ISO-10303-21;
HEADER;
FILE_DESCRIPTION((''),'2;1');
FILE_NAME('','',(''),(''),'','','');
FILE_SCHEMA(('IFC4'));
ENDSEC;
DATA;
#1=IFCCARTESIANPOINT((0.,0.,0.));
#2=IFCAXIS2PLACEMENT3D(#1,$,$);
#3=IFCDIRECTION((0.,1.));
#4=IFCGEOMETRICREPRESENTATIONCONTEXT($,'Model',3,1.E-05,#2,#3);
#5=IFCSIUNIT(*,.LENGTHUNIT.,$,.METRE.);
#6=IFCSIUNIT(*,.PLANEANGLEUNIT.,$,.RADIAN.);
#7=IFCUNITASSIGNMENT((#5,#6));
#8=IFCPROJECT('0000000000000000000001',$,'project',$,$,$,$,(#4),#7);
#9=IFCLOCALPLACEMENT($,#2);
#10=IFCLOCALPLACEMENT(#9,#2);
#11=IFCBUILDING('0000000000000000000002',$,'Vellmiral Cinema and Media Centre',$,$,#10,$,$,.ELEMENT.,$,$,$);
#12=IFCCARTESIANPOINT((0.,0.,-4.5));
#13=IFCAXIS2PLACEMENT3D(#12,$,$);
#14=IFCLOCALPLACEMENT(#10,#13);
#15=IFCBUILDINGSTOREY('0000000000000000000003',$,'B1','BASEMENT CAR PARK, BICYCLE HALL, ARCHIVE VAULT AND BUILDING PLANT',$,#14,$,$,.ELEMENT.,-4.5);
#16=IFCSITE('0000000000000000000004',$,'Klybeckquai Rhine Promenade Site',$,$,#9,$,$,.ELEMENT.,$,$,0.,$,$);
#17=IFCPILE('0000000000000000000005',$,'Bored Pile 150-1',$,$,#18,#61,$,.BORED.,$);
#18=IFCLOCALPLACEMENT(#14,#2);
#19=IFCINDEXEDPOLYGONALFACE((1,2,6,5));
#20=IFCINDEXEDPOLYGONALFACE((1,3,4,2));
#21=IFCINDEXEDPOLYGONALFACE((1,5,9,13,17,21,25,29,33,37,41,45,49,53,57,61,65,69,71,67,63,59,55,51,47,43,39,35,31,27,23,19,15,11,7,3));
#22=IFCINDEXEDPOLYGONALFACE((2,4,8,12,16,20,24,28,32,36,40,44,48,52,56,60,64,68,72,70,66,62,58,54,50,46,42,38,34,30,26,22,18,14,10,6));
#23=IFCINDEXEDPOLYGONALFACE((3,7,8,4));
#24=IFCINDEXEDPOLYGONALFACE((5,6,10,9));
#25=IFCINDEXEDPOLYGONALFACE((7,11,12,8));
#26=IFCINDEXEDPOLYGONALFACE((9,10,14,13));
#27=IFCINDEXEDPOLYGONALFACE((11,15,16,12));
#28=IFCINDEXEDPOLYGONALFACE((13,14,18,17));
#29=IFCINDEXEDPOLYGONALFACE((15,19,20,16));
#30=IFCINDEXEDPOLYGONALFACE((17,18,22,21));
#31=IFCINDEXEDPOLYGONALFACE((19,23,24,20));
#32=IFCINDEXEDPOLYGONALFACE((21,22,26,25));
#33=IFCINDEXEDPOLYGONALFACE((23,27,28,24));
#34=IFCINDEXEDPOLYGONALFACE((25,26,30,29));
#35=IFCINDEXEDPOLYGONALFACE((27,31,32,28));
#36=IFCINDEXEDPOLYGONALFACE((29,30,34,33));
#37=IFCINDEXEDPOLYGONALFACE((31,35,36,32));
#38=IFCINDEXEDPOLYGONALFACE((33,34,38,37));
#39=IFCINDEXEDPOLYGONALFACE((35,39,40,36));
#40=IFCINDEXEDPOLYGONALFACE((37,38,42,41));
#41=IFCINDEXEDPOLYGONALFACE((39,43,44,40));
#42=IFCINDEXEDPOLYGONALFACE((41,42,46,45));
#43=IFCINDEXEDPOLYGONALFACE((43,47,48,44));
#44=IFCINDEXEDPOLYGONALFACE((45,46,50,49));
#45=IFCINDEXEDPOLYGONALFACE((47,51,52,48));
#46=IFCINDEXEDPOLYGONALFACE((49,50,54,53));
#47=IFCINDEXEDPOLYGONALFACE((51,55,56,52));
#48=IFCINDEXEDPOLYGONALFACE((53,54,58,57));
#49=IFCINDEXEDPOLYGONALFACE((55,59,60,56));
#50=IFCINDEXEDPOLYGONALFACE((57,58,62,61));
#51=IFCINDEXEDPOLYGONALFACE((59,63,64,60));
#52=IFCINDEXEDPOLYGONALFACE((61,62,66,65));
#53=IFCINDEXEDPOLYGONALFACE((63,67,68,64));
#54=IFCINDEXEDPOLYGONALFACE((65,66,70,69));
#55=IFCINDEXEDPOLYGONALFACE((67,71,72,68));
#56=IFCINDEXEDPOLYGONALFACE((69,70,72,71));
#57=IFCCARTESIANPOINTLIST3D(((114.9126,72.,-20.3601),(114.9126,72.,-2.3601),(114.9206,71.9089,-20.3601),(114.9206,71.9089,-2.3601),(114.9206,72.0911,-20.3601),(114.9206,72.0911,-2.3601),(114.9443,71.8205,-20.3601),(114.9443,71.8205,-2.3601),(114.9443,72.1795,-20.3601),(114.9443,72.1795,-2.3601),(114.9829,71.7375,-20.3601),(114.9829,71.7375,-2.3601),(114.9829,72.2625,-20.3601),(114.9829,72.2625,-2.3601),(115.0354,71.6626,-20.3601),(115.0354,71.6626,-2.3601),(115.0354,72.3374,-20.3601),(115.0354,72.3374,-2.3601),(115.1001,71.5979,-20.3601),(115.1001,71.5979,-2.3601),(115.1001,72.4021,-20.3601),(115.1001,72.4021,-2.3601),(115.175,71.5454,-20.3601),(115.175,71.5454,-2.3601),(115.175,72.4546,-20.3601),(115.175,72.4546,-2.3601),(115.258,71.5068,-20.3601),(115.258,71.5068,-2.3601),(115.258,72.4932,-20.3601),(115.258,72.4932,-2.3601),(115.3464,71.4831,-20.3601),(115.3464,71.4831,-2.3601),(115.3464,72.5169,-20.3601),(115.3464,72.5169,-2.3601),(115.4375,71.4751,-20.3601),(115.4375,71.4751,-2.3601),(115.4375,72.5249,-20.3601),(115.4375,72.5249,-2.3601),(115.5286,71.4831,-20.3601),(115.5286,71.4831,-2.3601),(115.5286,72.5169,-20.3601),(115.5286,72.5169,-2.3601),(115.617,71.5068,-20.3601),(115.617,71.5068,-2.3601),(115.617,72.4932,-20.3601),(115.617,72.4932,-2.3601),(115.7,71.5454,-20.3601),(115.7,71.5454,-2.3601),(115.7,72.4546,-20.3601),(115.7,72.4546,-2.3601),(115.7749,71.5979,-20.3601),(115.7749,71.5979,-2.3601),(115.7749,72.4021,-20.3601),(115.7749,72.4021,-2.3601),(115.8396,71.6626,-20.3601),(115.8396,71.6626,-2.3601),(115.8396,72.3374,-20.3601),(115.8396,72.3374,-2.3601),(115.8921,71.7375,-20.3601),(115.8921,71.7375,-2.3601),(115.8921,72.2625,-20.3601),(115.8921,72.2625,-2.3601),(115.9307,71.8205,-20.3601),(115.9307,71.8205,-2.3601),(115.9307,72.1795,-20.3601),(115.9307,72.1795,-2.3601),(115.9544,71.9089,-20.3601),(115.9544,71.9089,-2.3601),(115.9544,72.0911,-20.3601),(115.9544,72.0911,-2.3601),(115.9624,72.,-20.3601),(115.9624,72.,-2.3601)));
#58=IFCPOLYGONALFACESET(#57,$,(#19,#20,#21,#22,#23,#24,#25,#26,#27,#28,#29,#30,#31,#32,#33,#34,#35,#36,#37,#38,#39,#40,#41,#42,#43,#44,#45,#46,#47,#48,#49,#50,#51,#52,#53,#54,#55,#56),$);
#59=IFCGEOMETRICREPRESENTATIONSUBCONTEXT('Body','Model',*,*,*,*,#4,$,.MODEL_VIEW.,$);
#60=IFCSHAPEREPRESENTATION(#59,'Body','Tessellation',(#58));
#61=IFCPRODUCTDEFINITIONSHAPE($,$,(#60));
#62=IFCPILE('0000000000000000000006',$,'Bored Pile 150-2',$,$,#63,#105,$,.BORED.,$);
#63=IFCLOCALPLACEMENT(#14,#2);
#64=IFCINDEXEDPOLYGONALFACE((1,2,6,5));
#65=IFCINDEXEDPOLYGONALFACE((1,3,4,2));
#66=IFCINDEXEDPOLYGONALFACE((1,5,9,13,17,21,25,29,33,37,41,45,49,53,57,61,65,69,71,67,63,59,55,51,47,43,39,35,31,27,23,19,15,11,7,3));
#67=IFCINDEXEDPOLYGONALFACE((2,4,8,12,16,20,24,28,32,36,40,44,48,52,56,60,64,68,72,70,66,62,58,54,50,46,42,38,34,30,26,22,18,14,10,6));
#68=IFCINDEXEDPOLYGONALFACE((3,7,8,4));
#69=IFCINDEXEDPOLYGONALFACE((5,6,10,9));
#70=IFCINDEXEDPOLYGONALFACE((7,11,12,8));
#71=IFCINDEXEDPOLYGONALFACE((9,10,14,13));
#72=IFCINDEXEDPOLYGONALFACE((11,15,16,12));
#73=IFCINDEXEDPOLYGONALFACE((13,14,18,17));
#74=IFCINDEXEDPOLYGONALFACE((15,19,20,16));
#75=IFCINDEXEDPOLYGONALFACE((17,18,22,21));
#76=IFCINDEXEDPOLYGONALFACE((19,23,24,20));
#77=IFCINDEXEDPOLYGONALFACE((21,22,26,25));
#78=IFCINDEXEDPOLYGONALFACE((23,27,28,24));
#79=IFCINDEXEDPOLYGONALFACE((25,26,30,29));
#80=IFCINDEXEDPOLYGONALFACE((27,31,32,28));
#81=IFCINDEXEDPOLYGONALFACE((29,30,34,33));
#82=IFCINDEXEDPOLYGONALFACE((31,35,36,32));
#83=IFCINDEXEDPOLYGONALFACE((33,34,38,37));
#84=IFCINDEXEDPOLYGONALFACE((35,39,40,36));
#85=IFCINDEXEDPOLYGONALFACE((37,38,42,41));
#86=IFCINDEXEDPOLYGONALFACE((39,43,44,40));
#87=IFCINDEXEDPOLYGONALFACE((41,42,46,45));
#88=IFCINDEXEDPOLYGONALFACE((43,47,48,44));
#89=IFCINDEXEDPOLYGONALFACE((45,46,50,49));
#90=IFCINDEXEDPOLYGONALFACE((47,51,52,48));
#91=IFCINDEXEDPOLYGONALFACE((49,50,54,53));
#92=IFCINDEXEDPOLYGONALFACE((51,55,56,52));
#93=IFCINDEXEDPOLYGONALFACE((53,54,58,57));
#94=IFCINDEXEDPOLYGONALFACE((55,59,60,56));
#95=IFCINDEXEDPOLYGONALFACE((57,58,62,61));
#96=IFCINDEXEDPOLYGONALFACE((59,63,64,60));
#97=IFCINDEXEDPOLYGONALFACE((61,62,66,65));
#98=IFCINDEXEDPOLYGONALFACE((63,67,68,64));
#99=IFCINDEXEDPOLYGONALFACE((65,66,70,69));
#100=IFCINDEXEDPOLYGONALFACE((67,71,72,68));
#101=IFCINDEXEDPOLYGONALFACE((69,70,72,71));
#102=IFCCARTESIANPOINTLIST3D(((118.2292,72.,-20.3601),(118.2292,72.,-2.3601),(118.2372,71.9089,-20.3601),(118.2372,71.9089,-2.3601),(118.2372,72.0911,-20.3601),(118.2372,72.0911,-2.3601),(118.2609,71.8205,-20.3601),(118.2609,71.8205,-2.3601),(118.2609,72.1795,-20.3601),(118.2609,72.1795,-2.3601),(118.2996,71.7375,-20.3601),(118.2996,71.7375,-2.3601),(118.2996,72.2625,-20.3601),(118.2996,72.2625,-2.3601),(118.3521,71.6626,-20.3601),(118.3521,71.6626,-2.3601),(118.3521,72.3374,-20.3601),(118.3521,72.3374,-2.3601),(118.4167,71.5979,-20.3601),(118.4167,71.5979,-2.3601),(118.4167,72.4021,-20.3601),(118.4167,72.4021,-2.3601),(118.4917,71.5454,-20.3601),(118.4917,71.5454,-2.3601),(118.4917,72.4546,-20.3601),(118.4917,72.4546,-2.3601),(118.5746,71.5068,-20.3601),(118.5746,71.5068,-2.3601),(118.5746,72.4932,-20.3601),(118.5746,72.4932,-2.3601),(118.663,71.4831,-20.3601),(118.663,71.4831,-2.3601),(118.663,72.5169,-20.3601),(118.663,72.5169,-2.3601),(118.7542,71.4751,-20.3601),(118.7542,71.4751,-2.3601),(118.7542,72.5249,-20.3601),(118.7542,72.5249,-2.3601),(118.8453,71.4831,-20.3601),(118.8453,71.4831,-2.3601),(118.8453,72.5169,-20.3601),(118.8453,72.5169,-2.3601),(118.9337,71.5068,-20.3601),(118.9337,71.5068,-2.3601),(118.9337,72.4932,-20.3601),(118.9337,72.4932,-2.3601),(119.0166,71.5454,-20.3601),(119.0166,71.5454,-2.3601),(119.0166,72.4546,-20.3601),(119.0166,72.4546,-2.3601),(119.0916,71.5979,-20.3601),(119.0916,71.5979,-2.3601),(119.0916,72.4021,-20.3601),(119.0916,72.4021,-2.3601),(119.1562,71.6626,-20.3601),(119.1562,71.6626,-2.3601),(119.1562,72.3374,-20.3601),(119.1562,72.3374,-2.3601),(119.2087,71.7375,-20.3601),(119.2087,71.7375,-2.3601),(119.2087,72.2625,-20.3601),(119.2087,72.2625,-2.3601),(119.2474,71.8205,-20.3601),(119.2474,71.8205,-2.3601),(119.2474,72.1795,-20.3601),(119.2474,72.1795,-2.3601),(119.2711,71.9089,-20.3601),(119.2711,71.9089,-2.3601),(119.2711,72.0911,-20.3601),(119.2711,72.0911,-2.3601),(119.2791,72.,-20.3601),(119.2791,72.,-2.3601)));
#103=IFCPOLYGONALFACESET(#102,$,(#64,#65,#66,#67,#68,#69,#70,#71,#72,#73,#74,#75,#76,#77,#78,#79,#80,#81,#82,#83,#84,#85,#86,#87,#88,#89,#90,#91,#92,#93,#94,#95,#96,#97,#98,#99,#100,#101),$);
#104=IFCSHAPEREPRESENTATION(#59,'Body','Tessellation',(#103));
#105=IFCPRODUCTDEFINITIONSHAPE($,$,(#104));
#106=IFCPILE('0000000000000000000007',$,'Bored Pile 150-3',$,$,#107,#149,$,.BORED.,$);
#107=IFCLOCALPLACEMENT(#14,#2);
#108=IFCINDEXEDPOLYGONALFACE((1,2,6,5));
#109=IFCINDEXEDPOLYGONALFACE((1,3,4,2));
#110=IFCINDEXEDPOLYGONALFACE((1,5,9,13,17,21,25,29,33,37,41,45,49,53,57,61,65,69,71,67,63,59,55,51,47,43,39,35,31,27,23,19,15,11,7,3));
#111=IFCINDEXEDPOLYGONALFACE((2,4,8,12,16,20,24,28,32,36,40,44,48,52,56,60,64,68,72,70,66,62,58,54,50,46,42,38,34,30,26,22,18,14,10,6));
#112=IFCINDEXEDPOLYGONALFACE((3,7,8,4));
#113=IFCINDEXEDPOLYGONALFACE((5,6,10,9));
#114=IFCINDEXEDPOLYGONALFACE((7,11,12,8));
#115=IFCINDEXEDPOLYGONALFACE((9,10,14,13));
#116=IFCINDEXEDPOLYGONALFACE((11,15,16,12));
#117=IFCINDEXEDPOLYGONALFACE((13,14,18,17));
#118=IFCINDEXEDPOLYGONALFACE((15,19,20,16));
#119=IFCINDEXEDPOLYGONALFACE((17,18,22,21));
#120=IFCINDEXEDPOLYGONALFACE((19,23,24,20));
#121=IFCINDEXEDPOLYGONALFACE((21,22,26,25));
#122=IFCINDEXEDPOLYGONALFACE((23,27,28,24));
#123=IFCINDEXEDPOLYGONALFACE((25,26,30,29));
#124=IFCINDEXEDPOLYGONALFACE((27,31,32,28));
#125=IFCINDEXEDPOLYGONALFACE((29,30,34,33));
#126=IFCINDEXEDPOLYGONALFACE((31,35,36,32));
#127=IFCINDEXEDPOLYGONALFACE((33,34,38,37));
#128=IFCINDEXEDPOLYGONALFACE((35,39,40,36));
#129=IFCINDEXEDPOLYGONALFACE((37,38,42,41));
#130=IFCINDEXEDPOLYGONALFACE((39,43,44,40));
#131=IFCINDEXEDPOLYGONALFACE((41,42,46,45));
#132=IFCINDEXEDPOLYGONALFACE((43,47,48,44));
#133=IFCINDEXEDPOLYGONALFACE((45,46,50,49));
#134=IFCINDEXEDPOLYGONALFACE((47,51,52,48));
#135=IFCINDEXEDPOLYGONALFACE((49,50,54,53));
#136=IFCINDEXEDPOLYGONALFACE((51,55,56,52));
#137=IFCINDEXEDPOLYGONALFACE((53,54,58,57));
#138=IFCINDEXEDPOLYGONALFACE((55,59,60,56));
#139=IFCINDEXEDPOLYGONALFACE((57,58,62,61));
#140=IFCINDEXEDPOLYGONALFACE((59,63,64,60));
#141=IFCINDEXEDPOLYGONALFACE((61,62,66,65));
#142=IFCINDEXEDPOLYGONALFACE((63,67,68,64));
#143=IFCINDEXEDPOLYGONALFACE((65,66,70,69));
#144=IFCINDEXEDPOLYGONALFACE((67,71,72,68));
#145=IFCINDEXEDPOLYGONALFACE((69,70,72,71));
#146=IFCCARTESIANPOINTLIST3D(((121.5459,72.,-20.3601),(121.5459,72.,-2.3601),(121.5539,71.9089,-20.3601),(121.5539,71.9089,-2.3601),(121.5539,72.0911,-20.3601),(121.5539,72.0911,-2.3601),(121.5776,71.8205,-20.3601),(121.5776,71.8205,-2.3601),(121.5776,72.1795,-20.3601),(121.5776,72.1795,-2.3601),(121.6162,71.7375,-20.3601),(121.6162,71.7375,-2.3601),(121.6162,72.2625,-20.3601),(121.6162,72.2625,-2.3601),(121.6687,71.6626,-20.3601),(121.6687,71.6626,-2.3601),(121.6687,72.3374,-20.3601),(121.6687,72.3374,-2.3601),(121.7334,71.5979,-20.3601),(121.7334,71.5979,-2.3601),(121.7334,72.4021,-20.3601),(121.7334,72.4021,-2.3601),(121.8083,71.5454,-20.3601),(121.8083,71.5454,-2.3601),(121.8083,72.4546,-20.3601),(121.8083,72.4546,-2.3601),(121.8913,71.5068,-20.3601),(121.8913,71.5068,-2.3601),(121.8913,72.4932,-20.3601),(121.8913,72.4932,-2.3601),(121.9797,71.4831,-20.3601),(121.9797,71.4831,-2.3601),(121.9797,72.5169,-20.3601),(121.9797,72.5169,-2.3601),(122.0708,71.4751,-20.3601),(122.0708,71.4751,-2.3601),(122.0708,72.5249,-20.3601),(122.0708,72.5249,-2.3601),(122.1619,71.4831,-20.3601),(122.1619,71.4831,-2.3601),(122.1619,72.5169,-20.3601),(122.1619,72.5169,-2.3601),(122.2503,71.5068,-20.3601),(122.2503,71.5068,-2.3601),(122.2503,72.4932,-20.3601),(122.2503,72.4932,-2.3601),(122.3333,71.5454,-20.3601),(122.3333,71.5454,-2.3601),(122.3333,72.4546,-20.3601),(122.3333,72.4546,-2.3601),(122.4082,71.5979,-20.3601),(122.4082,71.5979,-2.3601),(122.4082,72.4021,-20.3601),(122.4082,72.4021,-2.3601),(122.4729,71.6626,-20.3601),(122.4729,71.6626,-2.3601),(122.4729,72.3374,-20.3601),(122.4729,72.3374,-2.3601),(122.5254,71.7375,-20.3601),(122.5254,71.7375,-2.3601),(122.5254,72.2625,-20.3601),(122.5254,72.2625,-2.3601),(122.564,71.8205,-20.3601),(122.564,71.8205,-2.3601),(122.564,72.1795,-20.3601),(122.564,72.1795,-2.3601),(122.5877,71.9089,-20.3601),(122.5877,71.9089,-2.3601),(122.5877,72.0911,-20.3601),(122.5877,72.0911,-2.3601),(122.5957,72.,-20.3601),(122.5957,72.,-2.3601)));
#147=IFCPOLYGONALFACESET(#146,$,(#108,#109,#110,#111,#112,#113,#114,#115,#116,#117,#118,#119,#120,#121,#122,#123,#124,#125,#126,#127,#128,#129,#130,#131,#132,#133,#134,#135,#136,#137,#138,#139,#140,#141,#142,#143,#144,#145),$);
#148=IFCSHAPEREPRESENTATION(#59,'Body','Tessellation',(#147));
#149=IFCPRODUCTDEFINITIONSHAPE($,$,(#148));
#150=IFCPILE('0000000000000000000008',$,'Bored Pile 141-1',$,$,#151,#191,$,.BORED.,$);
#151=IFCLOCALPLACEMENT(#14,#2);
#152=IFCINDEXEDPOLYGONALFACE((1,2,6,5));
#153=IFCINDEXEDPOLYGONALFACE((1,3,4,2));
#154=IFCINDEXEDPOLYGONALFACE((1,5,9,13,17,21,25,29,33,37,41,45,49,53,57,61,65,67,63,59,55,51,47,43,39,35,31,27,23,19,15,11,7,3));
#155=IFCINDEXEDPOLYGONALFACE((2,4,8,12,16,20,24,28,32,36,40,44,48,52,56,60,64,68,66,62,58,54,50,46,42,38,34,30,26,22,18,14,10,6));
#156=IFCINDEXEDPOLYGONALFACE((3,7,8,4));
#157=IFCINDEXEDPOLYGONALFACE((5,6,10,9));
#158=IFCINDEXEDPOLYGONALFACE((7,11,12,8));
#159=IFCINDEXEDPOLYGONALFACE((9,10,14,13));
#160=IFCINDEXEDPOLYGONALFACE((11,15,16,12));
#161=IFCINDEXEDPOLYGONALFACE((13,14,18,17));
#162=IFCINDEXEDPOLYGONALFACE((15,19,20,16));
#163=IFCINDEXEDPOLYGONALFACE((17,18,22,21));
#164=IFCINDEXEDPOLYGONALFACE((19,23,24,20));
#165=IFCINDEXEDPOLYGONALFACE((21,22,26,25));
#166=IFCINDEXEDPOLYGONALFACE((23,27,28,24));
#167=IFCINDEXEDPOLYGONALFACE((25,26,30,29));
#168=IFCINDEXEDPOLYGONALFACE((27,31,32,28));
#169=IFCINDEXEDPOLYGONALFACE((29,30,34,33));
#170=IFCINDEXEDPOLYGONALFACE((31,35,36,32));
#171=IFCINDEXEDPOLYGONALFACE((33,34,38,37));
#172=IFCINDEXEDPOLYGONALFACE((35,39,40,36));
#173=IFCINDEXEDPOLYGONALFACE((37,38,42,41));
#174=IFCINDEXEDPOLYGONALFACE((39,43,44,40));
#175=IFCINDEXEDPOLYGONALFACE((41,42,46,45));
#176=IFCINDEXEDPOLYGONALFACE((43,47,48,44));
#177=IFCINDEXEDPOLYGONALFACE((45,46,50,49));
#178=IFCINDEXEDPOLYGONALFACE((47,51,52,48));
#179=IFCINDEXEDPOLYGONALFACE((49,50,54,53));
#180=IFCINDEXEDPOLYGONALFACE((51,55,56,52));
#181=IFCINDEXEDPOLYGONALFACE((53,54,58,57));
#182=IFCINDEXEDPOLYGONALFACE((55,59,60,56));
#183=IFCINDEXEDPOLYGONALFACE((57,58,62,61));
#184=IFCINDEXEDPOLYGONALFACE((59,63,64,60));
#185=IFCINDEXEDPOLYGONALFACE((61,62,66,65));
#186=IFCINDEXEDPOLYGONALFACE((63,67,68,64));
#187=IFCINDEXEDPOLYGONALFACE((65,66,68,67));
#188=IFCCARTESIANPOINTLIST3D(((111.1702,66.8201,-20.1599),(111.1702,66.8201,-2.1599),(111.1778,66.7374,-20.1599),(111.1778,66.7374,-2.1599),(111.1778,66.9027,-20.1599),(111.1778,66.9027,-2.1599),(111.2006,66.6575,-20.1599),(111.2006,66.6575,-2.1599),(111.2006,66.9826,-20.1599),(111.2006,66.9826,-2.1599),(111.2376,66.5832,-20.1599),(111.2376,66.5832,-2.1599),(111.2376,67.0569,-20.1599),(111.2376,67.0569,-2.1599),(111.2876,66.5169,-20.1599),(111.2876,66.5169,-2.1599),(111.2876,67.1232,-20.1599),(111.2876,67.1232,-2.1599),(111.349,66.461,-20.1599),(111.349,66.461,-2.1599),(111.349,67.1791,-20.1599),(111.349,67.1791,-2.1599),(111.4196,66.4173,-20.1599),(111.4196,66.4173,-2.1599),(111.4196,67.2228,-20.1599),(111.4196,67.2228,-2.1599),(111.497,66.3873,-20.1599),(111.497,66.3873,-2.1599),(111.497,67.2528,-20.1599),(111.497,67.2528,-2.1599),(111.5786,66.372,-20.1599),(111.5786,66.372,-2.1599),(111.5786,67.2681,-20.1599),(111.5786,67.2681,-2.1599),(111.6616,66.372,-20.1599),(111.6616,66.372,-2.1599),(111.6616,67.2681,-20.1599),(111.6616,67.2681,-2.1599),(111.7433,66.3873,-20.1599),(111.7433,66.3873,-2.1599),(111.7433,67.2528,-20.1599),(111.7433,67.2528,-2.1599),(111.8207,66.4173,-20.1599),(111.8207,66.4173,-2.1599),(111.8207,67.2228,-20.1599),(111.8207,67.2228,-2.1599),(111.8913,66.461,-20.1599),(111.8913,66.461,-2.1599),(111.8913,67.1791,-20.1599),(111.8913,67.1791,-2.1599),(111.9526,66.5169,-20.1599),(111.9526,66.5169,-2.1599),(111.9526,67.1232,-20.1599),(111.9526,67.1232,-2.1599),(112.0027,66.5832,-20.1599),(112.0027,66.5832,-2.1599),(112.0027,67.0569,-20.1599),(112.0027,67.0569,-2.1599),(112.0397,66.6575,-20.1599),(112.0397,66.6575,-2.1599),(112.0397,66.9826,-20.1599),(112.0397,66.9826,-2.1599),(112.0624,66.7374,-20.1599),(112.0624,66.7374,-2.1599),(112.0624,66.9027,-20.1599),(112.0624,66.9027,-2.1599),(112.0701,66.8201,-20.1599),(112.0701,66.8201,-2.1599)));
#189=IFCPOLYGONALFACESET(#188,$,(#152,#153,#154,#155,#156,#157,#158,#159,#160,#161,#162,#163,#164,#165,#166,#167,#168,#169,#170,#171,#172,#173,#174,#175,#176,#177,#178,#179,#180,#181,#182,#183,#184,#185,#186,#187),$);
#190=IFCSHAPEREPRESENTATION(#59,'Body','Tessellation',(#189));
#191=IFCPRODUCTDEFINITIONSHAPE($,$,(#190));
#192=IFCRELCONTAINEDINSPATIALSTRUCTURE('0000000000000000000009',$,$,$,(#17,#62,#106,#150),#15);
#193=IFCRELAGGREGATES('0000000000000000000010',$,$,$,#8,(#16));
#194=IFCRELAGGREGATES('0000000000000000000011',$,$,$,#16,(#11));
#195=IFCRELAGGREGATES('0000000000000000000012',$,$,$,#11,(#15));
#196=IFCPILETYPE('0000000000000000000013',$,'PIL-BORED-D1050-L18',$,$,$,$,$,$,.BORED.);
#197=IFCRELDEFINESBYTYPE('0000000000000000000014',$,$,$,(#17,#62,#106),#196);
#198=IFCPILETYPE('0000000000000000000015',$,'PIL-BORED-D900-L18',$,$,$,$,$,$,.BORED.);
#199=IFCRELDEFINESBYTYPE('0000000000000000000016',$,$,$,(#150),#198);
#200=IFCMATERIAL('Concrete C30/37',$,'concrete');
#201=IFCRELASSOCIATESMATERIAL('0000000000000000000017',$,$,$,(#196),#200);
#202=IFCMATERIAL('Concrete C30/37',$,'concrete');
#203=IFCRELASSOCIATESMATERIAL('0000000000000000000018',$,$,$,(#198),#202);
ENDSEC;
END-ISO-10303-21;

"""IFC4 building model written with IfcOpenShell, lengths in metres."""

from ifc_helpers import new_model, si_unit, direction, frame, origin, origin_2d, place, context, subcontext, project, spatial, circle, extrude, material, material_profile, profile_set, type_object, element, save


model = new_model("IFC4")

# Units and contexts
model_context = context("Model", 3, precision=1e-05, world=origin(), true_north=direction((0.0, 1.0)))
body_context = subcontext(model_context, "Body", "Model", "MODEL_VIEW")
ifc_project = project(units=[si_unit("LENGTHUNIT", "METRE"), si_unit("PLANEANGLEUNIT", "RADIAN")], contexts=[model_context])

# Site, building, storey
site_placement = place(None, origin())
site = spatial("IfcSite", under=ifc_project, at=site_placement, Name="Klybeckquai Rhine Promenade Site", CompositionType="ELEMENT", RefElevation=0.0)
building_placement = place(site_placement, origin())
building = spatial("IfcBuilding", under=site, at=building_placement, Name="Vellmiral Cinema and Media Centre", CompositionType="ELEMENT")
storey_placement = place(building_placement, frame((0.0, 0.0, -4.5)))
storey = spatial("IfcBuildingStorey", under=building, at=storey_placement, Name="B1", Description="BASEMENT CAR PARK, BICYCLE HALL, ARCHIVE VAULT AND BUILDING PLANT", CompositionType="ELEMENT", Elevation=-4.5)

# Piles
ifc_material_1 = material(Name="Concrete C30/37", Category="concrete")
ifc_material_profile_1 = material_profile(ifc_material_1, circle(Radius=0.5249, at=origin_2d()), Name="PILE D1050")
ifc_profile_set_1 = profile_set([ifc_material_profile_1], Name="Concrete C30/37")
pile_type_1 = type_object("IfcPileType", Name="PIL-BORED-D1050-L18", PredefinedType="BORED", material=ifc_profile_set_1)
for number, where, z_axis, x_axis, name in (
    (1, (115.4375, 72.0, -2.3601), (0.0, 0.0, -1.0), (1.0, 0.0, 0.0), "Bored Pile 150-1"),
    (2, (118.7542, 72.0, -2.3601), (0.0, 0.0, -1.0), (1.0, 0.0, 0.0), "Bored Pile 150-2"),
    (3, (122.0708, 72.0, -2.3601), (0.0, 0.0, -1.0), (1.0, 0.0, 0.0), "Bored Pile 150-3"),
):
    element("IfcPile", number, at=place(storey_placement, frame(where, z_axis=z_axis, x_axis=x_axis)), inside=storey, type_object=pile_type_1, Name=name, PredefinedType="BORED", context=body_context, shape_type="SweptSolid", body=[
        extrude(circle(Radius=0.5249, at=origin_2d()), origin(), (0.0, 0.0, 1.0), 18.0),
    ])
ifc_material_2 = material(Name="Concrete C30/37", Category="concrete")
ifc_material_profile_2 = material_profile(ifc_material_2, circle(Radius=0.45, at=origin_2d()), Name="PILE D900")
ifc_profile_set_2 = profile_set([ifc_material_profile_2], Name="Concrete C30/37")
pile_type_2 = type_object("IfcPileType", Name="PIL-BORED-D900-L18", PredefinedType="BORED", material=ifc_profile_set_2)
for number, where, z_axis, x_axis, name in (
    (4, (111.6201, 66.8201, -2.1599), (0.0, 0.0, -1.0), (1.0, 0.0, 0.0), "Bored Pile 141-1"),
):
    element("IfcPile", number, at=place(storey_placement, frame(where, z_axis=z_axis, x_axis=x_axis)), inside=storey, type_object=pile_type_2, Name=name, PredefinedType="BORED", context=body_context, shape_type="SweptSolid", body=[
        extrude(circle(Radius=0.45, at=origin_2d()), origin(), (0.0, 0.0, 1.0), 18.0),
    ])

save(model, "model.ifc")
